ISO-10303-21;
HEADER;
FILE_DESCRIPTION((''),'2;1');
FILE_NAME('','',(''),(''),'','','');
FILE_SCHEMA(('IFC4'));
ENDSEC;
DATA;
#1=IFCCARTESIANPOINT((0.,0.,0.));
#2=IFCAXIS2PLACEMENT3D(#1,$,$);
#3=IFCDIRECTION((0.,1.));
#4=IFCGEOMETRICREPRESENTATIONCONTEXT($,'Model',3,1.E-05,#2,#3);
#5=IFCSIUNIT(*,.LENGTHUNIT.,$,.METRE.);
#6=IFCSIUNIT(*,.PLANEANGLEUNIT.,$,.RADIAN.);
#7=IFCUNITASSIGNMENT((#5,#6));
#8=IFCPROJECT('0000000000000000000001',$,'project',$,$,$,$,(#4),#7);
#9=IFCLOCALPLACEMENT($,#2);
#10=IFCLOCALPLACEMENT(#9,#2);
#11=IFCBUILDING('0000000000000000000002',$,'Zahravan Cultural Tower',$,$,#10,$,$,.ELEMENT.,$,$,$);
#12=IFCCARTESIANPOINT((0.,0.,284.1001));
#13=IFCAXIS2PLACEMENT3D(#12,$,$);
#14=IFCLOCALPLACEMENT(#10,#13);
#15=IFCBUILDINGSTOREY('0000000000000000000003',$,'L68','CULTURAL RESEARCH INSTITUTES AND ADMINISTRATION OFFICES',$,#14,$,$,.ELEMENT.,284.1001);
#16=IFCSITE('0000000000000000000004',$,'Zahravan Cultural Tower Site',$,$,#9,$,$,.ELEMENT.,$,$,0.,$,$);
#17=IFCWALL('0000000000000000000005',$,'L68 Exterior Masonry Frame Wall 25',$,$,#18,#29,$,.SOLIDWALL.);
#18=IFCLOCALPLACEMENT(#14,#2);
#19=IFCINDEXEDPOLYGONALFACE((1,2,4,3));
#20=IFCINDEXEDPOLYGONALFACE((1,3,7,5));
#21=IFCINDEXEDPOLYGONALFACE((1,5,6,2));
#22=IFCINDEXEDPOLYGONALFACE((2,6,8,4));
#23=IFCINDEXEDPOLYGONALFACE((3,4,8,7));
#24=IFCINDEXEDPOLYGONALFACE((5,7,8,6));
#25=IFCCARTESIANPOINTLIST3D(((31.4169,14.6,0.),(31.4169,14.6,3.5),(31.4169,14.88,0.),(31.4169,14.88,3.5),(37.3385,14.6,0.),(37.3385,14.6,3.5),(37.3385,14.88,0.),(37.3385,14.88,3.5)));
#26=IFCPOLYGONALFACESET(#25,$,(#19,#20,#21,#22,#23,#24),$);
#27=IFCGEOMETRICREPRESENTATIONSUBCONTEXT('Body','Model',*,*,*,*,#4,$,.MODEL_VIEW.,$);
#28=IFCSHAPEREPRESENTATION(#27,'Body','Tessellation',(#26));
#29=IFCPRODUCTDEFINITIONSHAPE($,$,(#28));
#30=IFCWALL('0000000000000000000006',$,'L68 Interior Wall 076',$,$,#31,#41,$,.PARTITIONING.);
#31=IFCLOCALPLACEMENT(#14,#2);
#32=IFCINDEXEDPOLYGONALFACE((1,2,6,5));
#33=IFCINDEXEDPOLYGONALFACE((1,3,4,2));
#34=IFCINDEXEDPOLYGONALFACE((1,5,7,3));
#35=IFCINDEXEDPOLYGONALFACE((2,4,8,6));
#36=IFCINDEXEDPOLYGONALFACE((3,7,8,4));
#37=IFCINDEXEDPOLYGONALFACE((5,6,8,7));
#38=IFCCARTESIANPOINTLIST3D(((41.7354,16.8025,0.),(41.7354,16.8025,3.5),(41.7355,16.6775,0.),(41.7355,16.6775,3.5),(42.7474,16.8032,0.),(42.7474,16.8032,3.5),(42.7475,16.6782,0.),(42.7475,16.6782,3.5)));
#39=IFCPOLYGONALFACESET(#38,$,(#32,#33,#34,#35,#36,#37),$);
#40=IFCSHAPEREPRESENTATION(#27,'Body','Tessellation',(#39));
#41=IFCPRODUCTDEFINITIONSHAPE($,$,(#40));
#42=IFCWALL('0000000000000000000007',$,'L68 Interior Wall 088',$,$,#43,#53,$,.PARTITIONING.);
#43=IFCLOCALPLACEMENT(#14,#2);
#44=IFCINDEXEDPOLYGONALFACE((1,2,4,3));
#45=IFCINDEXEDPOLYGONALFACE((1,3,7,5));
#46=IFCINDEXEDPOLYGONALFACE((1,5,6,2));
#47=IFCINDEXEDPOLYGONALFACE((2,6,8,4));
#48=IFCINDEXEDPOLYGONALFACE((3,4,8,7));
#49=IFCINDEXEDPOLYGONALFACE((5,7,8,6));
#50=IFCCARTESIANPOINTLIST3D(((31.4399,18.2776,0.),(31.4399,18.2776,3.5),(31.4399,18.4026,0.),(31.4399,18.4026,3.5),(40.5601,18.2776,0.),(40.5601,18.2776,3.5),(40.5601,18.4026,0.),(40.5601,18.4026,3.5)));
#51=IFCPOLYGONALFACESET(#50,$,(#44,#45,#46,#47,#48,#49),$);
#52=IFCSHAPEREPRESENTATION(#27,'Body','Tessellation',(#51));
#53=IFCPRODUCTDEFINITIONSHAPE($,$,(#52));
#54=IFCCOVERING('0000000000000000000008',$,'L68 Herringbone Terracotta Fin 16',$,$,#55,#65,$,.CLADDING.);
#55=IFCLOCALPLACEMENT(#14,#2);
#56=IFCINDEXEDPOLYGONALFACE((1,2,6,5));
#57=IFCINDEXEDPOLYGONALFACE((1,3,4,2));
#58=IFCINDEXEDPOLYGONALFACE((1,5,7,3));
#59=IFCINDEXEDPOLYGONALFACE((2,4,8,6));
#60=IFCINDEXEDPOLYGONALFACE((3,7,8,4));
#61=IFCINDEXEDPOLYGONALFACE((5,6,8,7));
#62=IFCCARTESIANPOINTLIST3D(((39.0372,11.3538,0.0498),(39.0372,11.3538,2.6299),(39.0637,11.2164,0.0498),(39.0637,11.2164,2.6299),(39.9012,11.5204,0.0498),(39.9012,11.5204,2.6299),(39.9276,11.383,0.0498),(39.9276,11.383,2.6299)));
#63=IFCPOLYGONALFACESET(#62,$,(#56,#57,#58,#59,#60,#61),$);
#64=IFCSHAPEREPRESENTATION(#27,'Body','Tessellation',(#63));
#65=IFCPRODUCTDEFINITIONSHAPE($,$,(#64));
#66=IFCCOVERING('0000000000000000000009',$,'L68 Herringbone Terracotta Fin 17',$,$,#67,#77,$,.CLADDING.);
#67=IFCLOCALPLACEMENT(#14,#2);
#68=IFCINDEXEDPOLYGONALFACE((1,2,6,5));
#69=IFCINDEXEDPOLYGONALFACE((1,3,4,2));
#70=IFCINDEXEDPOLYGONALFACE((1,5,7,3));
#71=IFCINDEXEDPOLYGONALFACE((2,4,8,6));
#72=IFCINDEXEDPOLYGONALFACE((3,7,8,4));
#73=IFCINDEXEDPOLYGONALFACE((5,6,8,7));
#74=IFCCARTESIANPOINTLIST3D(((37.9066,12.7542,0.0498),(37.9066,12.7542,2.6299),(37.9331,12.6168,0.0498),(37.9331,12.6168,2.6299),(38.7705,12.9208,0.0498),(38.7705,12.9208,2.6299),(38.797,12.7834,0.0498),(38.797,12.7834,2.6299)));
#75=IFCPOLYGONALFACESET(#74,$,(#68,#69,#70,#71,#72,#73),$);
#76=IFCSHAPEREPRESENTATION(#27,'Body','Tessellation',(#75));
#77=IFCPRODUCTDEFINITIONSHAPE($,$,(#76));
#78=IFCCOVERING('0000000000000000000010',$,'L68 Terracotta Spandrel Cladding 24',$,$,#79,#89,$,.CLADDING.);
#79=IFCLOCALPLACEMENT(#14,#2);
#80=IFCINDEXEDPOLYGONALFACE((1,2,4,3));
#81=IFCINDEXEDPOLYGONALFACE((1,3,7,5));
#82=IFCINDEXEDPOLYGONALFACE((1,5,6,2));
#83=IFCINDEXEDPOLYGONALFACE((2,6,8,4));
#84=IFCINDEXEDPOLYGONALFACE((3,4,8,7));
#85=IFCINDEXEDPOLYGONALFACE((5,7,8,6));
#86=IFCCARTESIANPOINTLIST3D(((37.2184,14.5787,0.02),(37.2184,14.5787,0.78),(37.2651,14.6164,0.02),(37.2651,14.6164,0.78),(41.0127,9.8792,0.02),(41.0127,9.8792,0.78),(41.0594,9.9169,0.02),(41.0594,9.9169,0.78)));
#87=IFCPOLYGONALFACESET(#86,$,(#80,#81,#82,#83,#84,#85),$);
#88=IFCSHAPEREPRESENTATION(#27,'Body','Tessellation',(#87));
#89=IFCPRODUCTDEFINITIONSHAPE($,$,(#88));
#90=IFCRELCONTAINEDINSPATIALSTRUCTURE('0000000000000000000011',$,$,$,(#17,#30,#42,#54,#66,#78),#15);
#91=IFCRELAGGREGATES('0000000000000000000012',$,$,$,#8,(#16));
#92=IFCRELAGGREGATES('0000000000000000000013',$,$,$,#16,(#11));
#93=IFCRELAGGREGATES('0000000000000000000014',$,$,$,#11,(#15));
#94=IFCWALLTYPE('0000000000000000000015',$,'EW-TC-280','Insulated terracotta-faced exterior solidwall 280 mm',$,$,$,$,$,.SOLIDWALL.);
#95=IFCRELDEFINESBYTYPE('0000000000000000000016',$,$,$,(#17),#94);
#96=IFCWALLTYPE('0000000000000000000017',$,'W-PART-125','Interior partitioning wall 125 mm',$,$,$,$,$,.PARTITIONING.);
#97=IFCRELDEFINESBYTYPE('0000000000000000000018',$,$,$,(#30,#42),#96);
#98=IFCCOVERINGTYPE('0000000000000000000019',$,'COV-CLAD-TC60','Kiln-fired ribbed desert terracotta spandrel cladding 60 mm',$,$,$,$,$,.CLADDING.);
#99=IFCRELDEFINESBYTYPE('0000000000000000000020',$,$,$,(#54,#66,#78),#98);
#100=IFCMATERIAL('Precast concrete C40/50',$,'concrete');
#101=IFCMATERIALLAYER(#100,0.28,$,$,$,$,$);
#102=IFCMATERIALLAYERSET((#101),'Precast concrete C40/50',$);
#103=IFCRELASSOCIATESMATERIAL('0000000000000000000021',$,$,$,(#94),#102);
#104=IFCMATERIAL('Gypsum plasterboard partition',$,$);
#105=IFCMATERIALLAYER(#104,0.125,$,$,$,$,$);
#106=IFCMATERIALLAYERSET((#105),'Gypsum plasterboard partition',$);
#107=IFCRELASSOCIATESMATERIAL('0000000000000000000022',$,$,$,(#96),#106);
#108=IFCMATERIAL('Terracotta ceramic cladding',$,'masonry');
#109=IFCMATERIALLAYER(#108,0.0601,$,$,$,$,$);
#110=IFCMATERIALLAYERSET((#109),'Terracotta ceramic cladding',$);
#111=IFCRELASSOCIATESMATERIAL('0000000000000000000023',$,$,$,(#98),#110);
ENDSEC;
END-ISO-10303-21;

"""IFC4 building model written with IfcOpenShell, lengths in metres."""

from ifc_helpers import new_model, si_unit, direction, frame, frame_2d, origin, origin_2d, place, context, subcontext, project, spatial, rectangle, extrude, source, transform, mapped, material, layer, layer_set, type_object, element, save


model = new_model("IFC4")

# Units and contexts
model_context = context("Model", 3, precision=1e-05, world=origin(), true_north=direction((0.0, 1.0)))
body_context = subcontext(model_context, "Body", "Model", "MODEL_VIEW")
ifc_project = project(units=[si_unit("LENGTHUNIT", "METRE"), si_unit("PLANEANGLEUNIT", "RADIAN")], contexts=[model_context])

# Site, building, storey
site_placement = place(None, origin())
site = spatial("IfcSite", under=ifc_project, at=site_placement, Name="Zahravan Cultural Tower Site", CompositionType="ELEMENT", RefElevation=0.0)
building_placement = place(site_placement, origin())
building = spatial("IfcBuilding", under=site, at=building_placement, Name="Zahravan Cultural Tower", CompositionType="ELEMENT")
storey_placement = place(building_placement, frame((0.0, 0.0, 284.1001)))
storey = spatial("IfcBuildingStorey", under=building, at=storey_placement, Name="L68", Description="CULTURAL RESEARCH INSTITUTES AND ADMINISTRATION OFFICES", CompositionType="ELEMENT", Elevation=284.1001)

# Shared definitions
ifc_material_1 = material(Name="Precast concrete C40/50", Category="concrete")
ifc_layer_1 = layer(ifc_material_1, 0.28)
ifc_layer_set_1 = layer_set([ifc_layer_1], Name="Precast concrete C40/50")
wall_type_1 = type_object("IfcWallType", Name="EW-TC-280", Description="Insulated terracotta-faced exterior solidwall 280 mm", PredefinedType="SOLIDWALL", material=ifc_layer_set_1)

# Walls
shared_shape_1 = source(origin(), body_context, "Body", "SweptSolid", [
    extrude(rectangle(XDim=5.9216, YDim=0.28, at=frame_2d((2.9609, 0.0))), origin(), (0.0, 0.0, 1.0), 3.5),
])
wall_1_placement = place(storey_placement, frame((37.3386, 14.74, 0.0), z_axis=(0.0, 0.0, 1.0), x_axis=(-1.0, 0.0, 0.0)))
element("IfcWall", 1, at=wall_1_placement, inside=storey, type_object=wall_type_1, Name="L68 Exterior Masonry Frame Wall 25", PredefinedType="SOLIDWALL", context=body_context, shape_type="MappedRepresentation", body=[
    mapped(shared_shape_1, transform((0.0, 0.0, 0.0), x_axis=(1.0, 0.0, 0.0), y_axis=(0.0, 1.0, 0.0), z_axis=(0.0, 0.0, 1.0), scale=1.0)),
])
ifc_material_2 = material(Name="Gypsum plasterboard partition")
ifc_layer_2 = layer(ifc_material_2, 0.125)
ifc_layer_set_2 = layer_set([ifc_layer_2], Name="Gypsum plasterboard partition")
wall_type_2 = type_object("IfcWallType", Name="W-PART-125", Description="Interior partitioning wall 125 mm", PredefinedType="PARTITIONING", material=ifc_layer_set_2)
shared_shape_2 = source(origin(), body_context, "Body", "SweptSolid", [
    extrude(rectangle(XDim=1.012, YDim=0.125, at=frame_2d((0.5059, 0.0))), origin(), (0.0, 0.0, 1.0), 3.5),
])
wall_2_placement = place(storey_placement, frame((41.7356, 16.74, 0.0), z_axis=(0.0, 0.0, 1.0), x_axis=(1.0, 0.000724, 0.0)))
element("IfcWall", 2, at=wall_2_placement, inside=storey, type_object=wall_type_2, Name="L68 Interior Wall 076", PredefinedType="PARTITIONING", context=body_context, shape_type="MappedRepresentation", body=[
    mapped(shared_shape_2, transform((0.0, 0.0, 0.0), x_axis=(1.0, 0.0, 0.0), y_axis=(0.0, 1.0, 0.0), z_axis=(0.0, 0.0, 1.0), scale=1.0)),
])
shared_shape_3 = source(origin(), body_context, "Body", "SweptSolid", [
    extrude(rectangle(XDim=9.1201, YDim=0.125, at=frame_2d((4.5601, 0.0))), origin(), (0.0, 0.0, 1.0), 3.5),
])
wall_3_placement = place(storey_placement, frame((40.5601, 18.3401, 0.0), z_axis=(0.0, 0.0, 1.0), x_axis=(-1.0, 0.0, 0.0)))
element("IfcWall", 3, at=wall_3_placement, inside=storey, type_object=wall_type_2, Name="L68 Interior Wall 088", PredefinedType="PARTITIONING", context=body_context, shape_type="MappedRepresentation", body=[
    mapped(shared_shape_3, transform((0.0, 0.0, 0.0), x_axis=(1.0, 0.0, 0.0), y_axis=(0.0, 1.0, 0.0), z_axis=(0.0, 0.0, 1.0), scale=1.0)),
])

# Coverings
ifc_material_3 = material(Name="Terracotta ceramic cladding", Category="masonry")
ifc_layer_3 = layer(ifc_material_3, 0.0601)
ifc_layer_set_3 = layer_set([ifc_layer_3], Name="Terracotta ceramic cladding")
covering_type = type_object("IfcCoveringType", Name="COV-CLAD-TC60", Description="Kiln-fired ribbed desert terracotta spandrel cladding 60 mm", PredefinedType="CLADDING", material=ifc_layer_set_3)
shared_shape_4 = source(origin(), body_context, "Body", "SweptSolid", [
    extrude(rectangle(XDim=0.8799, YDim=0.1399, at=origin_2d()), origin(), (0.0, 0.0, 1.0), 2.5801),
])
for number, where, z_axis, x_axis, name in (
    (4, (39.4824, 11.3684, 0.0498), (0.0, 0.0, 1.0), (-0.981903, -0.189387, 0.0), "L68 Herringbone Terracotta Fin 16"),
    (5, (38.3518, 12.7688, 0.0498), (0.0, 0.0, 1.0), (-0.981903, -0.189387, 0.0), "L68 Herringbone Terracotta Fin 17"),
):
    element("IfcCovering", number, at=place(storey_placement, frame(where, z_axis=z_axis, x_axis=x_axis)), inside=storey, type_object=covering_type, Name=name, PredefinedType="CLADDING", context=body_context, shape_type="MappedRepresentation", body=[
        mapped(shared_shape_4, transform((0.0, 0.0, 0.0), x_axis=(1.0, 0.0, 0.0), y_axis=(0.0, 1.0, 0.0), z_axis=(0.0, 0.0, 1.0), scale=1.0)),
    ])
shared_shape_5 = source(origin(), body_context, "Body", "SweptSolid", [
    extrude(rectangle(XDim=6.04, YDim=0.0601, at=origin_2d()), origin(), (0.0, 0.0, 1.0), 0.76),
])
covering_placement = place(storey_placement, frame((39.1389, 12.2478, 0.02), z_axis=(0.0, 0.0, 1.0), x_axis=(-0.628194, 0.778057, 0.0)))
element("IfcCovering", 6, at=covering_placement, inside=storey, type_object=covering_type, Name="L68 Terracotta Spandrel Cladding 24", PredefinedType="CLADDING", context=body_context, shape_type="MappedRepresentation", body=[
    mapped(shared_shape_5, transform((0.0, 0.0, 0.0), x_axis=(1.0, 0.0, 0.0), y_axis=(0.0, 1.0, 0.0), z_axis=(0.0, 0.0, 1.0), scale=1.0)),
])

save(model, "model.ifc")
